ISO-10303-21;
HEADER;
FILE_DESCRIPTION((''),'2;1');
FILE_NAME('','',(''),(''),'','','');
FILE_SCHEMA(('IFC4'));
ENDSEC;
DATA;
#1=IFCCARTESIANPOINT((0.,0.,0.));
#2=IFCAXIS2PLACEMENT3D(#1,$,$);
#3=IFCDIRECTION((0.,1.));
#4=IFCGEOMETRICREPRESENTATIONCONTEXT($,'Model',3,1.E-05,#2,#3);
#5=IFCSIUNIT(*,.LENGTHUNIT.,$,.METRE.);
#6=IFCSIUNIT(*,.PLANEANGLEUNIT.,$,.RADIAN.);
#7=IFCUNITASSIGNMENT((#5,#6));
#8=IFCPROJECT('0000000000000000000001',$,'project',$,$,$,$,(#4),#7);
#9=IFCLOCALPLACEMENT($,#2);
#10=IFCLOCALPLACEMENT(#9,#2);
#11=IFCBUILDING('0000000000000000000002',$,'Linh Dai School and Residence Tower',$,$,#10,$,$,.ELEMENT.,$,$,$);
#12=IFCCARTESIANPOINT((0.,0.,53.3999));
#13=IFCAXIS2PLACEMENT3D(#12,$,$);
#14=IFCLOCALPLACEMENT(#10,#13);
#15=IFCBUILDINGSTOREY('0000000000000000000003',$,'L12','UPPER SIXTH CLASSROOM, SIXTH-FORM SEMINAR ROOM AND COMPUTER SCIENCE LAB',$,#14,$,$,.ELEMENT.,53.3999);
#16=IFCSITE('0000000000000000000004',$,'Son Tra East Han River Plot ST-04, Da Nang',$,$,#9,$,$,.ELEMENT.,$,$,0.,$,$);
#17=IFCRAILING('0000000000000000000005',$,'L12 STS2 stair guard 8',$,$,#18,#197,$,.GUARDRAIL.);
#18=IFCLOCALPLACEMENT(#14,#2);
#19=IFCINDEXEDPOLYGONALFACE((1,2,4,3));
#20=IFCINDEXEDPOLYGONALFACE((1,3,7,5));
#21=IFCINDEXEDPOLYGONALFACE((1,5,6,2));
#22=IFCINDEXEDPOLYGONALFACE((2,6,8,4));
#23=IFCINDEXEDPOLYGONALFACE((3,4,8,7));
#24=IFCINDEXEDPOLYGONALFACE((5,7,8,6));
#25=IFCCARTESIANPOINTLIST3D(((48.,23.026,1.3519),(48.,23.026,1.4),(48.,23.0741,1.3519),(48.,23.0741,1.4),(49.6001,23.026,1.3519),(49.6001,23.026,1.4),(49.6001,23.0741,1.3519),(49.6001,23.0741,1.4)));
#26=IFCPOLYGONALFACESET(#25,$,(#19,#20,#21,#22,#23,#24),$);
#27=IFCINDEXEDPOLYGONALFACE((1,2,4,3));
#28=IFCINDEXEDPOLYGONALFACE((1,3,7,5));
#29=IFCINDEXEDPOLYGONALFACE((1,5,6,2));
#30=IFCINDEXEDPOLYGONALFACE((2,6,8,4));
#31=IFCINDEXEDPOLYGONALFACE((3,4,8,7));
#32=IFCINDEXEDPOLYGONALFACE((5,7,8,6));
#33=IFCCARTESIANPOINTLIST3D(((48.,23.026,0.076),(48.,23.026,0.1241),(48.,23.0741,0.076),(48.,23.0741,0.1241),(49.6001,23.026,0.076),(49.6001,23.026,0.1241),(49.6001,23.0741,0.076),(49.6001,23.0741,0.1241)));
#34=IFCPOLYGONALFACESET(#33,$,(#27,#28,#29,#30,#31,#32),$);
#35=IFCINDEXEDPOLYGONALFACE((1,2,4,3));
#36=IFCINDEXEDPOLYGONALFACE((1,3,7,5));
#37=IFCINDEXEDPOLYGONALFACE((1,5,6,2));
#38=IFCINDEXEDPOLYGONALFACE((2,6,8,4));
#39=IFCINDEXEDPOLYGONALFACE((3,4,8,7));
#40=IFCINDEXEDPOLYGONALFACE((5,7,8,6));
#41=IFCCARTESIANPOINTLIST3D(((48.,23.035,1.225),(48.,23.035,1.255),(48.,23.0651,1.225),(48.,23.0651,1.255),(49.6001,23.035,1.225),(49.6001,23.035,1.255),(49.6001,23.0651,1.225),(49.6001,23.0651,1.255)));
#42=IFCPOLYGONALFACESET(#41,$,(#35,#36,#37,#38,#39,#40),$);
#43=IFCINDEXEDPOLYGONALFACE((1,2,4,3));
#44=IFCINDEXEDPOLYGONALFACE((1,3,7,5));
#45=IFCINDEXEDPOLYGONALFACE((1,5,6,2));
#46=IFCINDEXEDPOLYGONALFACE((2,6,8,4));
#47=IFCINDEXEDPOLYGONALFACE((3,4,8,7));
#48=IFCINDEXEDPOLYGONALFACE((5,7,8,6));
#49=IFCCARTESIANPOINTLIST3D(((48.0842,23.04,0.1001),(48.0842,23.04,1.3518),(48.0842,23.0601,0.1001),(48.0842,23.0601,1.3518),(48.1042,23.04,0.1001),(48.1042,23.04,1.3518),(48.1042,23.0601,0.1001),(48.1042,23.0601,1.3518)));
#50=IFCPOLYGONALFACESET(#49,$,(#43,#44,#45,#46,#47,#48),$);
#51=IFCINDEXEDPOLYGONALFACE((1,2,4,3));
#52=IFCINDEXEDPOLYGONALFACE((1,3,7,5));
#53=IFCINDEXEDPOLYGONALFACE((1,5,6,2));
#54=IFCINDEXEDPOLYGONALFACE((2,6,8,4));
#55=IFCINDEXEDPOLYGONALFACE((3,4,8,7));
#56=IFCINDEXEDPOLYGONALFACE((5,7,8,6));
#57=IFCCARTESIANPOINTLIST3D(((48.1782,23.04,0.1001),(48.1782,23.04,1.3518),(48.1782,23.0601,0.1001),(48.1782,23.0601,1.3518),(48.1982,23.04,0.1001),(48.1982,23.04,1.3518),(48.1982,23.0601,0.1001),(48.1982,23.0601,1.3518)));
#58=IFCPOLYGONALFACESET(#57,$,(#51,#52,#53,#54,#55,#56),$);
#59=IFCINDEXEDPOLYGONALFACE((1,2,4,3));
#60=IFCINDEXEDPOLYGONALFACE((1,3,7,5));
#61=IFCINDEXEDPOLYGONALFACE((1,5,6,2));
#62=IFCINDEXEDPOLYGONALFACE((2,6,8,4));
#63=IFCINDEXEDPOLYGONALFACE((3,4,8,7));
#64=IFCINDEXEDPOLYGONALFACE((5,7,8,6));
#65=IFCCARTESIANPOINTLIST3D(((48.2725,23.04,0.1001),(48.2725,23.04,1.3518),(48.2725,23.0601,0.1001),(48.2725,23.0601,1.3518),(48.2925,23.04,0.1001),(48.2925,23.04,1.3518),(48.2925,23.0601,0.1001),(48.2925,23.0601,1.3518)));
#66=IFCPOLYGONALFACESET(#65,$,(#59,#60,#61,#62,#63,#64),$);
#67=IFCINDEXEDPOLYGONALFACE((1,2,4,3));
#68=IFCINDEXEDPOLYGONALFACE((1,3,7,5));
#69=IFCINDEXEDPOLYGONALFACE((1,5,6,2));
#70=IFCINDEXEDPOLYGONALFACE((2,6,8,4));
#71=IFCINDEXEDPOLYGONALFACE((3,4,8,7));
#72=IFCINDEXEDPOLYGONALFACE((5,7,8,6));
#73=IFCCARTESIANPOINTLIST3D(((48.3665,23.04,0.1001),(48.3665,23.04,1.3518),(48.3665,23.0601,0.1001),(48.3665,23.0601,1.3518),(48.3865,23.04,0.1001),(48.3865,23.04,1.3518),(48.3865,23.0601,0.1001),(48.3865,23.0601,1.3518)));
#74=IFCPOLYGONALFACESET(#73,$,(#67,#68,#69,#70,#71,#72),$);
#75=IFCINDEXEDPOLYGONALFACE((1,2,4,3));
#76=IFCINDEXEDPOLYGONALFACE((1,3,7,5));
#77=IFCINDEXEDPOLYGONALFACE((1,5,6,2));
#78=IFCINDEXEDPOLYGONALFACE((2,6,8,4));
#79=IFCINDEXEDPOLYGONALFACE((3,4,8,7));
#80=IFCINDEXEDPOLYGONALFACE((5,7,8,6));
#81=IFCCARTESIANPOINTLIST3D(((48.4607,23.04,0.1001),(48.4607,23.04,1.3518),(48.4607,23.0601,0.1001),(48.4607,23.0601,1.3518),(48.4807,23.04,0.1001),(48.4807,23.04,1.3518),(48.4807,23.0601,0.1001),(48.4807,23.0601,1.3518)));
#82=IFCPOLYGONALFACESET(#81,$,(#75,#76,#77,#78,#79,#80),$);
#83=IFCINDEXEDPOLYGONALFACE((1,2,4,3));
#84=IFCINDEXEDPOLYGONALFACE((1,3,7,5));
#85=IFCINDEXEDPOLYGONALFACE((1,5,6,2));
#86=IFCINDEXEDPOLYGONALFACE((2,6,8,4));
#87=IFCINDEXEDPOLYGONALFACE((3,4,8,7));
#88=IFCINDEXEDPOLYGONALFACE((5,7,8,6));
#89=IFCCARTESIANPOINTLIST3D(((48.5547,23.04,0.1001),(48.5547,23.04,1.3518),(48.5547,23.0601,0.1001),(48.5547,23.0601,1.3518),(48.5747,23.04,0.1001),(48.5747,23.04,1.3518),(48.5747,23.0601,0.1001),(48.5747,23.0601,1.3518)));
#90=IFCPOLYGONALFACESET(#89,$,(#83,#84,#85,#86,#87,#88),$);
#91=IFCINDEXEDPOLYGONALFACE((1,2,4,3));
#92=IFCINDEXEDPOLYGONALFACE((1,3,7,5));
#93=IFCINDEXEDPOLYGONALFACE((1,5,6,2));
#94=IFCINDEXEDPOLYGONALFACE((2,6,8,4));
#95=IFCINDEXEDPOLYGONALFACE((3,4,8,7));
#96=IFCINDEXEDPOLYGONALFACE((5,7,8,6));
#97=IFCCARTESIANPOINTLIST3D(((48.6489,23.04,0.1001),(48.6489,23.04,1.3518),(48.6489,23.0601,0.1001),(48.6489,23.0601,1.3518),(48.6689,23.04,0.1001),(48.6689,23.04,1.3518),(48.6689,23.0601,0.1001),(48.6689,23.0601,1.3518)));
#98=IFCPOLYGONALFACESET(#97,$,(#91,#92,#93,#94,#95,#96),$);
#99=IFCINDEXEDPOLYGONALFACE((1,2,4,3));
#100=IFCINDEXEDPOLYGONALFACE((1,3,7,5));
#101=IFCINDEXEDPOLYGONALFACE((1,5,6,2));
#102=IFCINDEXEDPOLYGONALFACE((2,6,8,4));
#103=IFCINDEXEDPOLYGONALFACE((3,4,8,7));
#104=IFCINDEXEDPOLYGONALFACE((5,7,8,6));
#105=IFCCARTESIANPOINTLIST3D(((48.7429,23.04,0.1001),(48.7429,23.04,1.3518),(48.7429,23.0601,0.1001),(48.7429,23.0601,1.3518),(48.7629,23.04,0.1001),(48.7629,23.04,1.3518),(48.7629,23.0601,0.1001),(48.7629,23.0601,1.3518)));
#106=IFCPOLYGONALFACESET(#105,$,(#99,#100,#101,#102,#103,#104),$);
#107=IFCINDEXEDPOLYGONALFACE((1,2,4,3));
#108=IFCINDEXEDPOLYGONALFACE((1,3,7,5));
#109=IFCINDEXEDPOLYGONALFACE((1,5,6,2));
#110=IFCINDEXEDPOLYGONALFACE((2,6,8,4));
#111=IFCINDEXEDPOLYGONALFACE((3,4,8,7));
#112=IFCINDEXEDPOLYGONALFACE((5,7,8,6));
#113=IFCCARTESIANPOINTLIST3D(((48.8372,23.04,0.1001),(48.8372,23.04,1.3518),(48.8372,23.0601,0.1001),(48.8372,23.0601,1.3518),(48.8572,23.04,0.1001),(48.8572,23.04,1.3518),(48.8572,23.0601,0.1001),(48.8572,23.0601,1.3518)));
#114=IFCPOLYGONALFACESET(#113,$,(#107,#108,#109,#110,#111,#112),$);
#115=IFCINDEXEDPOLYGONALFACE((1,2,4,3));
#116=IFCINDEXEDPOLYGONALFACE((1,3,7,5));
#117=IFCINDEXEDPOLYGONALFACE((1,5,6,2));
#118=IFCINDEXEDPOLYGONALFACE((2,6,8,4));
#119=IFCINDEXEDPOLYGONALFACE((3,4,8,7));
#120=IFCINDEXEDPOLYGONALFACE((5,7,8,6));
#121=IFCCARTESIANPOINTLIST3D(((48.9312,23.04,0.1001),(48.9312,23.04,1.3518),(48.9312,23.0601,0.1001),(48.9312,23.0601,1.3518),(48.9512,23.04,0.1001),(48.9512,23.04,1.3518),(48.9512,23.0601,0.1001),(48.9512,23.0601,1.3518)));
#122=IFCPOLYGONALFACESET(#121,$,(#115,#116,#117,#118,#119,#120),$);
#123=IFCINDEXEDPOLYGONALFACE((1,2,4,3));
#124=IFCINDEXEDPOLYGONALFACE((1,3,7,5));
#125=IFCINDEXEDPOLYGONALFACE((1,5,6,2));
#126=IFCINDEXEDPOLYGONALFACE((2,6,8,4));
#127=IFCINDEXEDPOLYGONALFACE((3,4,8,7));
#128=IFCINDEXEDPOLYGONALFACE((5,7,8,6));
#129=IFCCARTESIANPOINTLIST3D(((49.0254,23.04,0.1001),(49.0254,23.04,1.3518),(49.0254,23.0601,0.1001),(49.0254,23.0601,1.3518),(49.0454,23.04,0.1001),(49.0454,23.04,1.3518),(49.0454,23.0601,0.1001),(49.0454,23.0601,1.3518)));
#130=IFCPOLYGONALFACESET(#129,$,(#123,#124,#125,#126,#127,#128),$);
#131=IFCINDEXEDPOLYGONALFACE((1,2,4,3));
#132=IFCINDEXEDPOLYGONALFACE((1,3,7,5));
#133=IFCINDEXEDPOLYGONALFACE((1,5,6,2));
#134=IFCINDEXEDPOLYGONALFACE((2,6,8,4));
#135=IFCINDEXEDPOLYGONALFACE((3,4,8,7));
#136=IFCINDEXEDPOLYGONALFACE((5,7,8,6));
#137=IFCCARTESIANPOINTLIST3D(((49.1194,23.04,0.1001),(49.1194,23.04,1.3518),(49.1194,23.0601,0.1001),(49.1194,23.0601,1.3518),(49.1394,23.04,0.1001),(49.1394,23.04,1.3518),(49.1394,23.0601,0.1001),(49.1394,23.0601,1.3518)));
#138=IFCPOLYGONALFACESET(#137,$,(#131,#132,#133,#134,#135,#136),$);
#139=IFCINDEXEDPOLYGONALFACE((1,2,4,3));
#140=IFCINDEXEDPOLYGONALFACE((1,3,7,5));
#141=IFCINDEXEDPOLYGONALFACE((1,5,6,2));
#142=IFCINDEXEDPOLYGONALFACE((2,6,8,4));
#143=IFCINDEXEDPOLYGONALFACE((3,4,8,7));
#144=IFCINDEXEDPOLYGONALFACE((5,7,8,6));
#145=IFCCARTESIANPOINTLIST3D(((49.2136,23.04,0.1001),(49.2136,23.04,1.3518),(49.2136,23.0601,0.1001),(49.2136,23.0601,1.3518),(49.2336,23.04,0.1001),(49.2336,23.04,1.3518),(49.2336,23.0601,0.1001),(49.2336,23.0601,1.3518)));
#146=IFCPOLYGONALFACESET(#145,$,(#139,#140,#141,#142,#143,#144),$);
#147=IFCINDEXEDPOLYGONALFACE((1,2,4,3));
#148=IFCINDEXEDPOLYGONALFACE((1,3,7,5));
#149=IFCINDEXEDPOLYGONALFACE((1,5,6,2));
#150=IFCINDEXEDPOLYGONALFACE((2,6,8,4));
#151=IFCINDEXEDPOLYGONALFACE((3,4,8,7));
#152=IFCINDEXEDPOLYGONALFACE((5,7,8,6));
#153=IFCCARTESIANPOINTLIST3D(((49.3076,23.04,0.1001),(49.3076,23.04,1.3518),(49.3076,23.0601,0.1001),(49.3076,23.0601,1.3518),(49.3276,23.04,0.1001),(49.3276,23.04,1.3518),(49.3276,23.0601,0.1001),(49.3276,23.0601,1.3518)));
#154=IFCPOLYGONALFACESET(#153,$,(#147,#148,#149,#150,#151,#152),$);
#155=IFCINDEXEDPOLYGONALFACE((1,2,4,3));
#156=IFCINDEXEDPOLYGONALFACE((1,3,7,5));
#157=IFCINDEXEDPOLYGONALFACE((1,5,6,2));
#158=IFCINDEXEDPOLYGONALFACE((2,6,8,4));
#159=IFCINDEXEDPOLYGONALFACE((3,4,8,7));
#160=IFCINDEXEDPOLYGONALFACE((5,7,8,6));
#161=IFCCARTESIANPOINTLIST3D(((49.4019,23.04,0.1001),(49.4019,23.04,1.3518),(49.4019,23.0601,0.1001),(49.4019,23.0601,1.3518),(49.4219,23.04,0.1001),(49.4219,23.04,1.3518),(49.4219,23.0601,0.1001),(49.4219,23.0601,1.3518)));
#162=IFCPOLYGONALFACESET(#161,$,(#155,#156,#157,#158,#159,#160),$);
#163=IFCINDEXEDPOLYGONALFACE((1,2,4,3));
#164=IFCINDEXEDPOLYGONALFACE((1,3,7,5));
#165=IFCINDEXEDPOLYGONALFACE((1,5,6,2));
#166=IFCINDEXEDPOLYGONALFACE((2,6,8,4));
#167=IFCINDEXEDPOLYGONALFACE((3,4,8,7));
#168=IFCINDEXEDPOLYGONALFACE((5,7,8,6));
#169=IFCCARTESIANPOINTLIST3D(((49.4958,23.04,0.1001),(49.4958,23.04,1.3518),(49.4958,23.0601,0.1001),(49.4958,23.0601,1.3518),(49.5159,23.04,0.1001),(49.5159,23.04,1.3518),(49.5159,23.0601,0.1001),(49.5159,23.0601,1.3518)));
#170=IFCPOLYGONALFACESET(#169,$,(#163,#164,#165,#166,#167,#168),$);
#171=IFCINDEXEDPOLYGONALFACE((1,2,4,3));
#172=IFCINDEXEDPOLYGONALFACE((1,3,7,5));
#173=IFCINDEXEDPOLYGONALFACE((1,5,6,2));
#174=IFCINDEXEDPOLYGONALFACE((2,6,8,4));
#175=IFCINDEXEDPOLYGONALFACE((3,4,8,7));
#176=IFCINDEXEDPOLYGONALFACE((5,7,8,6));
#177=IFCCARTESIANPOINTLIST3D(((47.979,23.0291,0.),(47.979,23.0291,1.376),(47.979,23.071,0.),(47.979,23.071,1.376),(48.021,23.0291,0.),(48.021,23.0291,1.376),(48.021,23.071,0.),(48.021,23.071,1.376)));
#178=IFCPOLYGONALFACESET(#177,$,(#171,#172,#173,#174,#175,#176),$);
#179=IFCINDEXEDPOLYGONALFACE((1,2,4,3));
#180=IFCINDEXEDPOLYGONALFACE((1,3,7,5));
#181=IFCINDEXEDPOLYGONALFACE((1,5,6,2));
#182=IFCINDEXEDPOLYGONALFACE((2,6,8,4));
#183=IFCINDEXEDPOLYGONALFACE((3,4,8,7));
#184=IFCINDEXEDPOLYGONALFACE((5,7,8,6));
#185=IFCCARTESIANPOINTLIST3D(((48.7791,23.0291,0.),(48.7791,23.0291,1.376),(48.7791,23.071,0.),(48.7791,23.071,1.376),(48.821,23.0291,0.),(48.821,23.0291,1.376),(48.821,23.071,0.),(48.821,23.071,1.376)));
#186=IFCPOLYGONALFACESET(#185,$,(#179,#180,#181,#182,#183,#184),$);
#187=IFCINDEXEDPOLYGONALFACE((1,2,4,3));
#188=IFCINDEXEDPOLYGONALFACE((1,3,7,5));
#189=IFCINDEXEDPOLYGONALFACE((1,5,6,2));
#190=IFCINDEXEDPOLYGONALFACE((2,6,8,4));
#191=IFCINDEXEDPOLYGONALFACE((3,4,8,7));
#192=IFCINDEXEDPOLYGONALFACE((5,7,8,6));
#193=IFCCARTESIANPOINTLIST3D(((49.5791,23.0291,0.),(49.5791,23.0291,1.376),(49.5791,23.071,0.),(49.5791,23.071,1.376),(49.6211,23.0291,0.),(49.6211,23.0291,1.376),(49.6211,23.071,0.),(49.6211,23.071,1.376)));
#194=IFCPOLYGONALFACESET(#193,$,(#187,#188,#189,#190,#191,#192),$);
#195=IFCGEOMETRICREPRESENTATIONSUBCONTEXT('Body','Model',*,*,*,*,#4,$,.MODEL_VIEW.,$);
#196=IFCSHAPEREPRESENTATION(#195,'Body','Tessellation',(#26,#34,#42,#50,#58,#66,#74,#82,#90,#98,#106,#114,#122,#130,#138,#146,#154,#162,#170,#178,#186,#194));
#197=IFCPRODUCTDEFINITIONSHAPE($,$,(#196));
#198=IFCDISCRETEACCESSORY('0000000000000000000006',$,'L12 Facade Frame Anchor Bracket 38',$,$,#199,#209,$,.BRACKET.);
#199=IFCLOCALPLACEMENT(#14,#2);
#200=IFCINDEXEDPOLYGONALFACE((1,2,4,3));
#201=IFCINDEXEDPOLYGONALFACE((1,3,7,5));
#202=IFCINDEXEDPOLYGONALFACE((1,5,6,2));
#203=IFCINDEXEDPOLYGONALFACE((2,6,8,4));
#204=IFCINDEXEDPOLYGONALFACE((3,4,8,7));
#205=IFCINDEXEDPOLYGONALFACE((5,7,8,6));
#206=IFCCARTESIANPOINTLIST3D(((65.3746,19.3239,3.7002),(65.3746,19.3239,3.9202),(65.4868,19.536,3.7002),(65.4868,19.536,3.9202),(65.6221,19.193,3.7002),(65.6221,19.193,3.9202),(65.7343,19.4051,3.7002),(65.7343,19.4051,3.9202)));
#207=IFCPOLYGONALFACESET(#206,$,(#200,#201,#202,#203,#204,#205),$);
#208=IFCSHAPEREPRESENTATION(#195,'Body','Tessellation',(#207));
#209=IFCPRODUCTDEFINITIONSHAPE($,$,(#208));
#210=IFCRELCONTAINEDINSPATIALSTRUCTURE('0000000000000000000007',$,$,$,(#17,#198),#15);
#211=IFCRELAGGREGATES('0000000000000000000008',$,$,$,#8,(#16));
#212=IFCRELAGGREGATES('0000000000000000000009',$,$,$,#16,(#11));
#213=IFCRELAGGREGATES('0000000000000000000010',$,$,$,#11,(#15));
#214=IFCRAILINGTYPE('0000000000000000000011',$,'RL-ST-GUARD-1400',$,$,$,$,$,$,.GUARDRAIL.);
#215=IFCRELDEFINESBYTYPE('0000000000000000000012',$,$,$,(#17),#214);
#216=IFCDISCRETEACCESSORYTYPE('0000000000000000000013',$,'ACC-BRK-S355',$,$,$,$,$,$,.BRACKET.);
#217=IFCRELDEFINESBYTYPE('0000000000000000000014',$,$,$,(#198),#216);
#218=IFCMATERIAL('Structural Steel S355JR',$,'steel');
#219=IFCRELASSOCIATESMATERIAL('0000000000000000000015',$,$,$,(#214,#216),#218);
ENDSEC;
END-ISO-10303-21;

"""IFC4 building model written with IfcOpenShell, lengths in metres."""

from ifc_helpers import new_model, si_unit, direction, frame, origin, origin_2d, place, context, subcontext, project, spatial, rectangle, extrude, source, transform, mapped, material, type_object, element, save


model = new_model("IFC4")

# Units and contexts
model_context = context("Model", 3, precision=1e-05, world=origin(), true_north=direction((0.0, 1.0)))
body_context = subcontext(model_context, "Body", "Model", "MODEL_VIEW")
ifc_project = project(units=[si_unit("LENGTHUNIT", "METRE"), si_unit("PLANEANGLEUNIT", "RADIAN")], contexts=[model_context])

# Site, building, storey
site_placement = place(None, origin())
site = spatial("IfcSite", under=ifc_project, at=site_placement, Name="Son Tra East Han River Plot ST-04, Da Nang", CompositionType="ELEMENT", RefElevation=0.0)
building_placement = place(site_placement, origin())
building = spatial("IfcBuilding", under=site, at=building_placement, Name="Linh Dai School and Residence Tower", CompositionType="ELEMENT")
storey_placement = place(building_placement, frame((0.0, 0.0, 53.3999)))
storey = spatial("IfcBuildingStorey", under=building, at=storey_placement, Name="L12", Description="UPPER SIXTH CLASSROOM, SIXTH-FORM SEMINAR ROOM AND COMPUTER SCIENCE LAB", CompositionType="ELEMENT", Elevation=53.3999)

# Shared definitions
ifc_material_1 = material(Name="Structural Steel S355JR", Category="steel")

# Railing
railing_type_1 = type_object("IfcRailingType", Name="RL-ST-GUARD-1400", PredefinedType="GUARDRAIL", material=ifc_material_1)
shared_shape_1 = source(origin(), body_context, "Body", "SweptSolid", [
    extrude(rectangle(XDim=0.0481, YDim=0.0481, at=origin_2d()), frame((0.0, 0.0, 1.376), z_axis=(1.0, 0.0, 0.0), x_axis=(0.0, 1.0, 0.0)), (0.0, 0.0, 1.0), 1.6001),
    extrude(rectangle(XDim=0.0481, YDim=0.0481, at=origin_2d()), frame((0.0, 0.0, 0.1001), z_axis=(1.0, 0.0, 0.0), x_axis=(0.0, 1.0, 0.0)), (0.0, 0.0, 1.0), 1.6001),
    extrude(rectangle(XDim=0.03, YDim=0.03, at=origin_2d()), frame((0.0, 0.0, 1.24), z_axis=(1.0, 0.0, 0.0), x_axis=(0.0, 1.0, 0.0)), (0.0, 0.0, 1.0), 1.6001),
    extrude(rectangle(XDim=0.02, YDim=0.02, at=origin_2d()), frame((0.0942, 0.0, 0.1001)), (0.0, 0.0, 1.0), 1.2517),
    extrude(rectangle(XDim=0.02, YDim=0.02, at=origin_2d()), frame((0.1882, 0.0, 0.1001)), (0.0, 0.0, 1.0), 1.2517),
    extrude(rectangle(XDim=0.02, YDim=0.02, at=origin_2d()), frame((0.2825, 0.0, 0.1001)), (0.0, 0.0, 1.0), 1.2517),
    extrude(rectangle(XDim=0.02, YDim=0.02, at=origin_2d()), frame((0.3765, 0.0, 0.1001)), (0.0, 0.0, 1.0), 1.2517),
    extrude(rectangle(XDim=0.02, YDim=0.02, at=origin_2d()), frame((0.4707, 0.0, 0.1001)), (0.0, 0.0, 1.0), 1.2517),
    extrude(rectangle(XDim=0.02, YDim=0.02, at=origin_2d()), frame((0.5647, 0.0, 0.1001)), (0.0, 0.0, 1.0), 1.2517),
    extrude(rectangle(XDim=0.02, YDim=0.02, at=origin_2d()), frame((0.6589, 0.0, 0.1001)), (0.0, 0.0, 1.0), 1.2517),
    extrude(rectangle(XDim=0.02, YDim=0.02, at=origin_2d()), frame((0.7529, 0.0, 0.1001)), (0.0, 0.0, 1.0), 1.2517),
    extrude(rectangle(XDim=0.02, YDim=0.02, at=origin_2d()), frame((0.8472, 0.0, 0.1001)), (0.0, 0.0, 1.0), 1.2517),
    extrude(rectangle(XDim=0.02, YDim=0.02, at=origin_2d()), frame((0.9412, 0.0, 0.1001)), (0.0, 0.0, 1.0), 1.2517),
    extrude(rectangle(XDim=0.02, YDim=0.02, at=origin_2d()), frame((1.0354, 0.0, 0.1001)), (0.0, 0.0, 1.0), 1.2517),
    extrude(rectangle(XDim=0.02, YDim=0.02, at=origin_2d()), frame((1.1294, 0.0, 0.1001)), (0.0, 0.0, 1.0), 1.2517),
    extrude(rectangle(XDim=0.02, YDim=0.02, at=origin_2d()), frame((1.2236, 0.0, 0.1001)), (0.0, 0.0, 1.0), 1.2517),
    extrude(rectangle(XDim=0.02, YDim=0.02, at=origin_2d()), frame((1.3176, 0.0, 0.1001)), (0.0, 0.0, 1.0), 1.2517),
    extrude(rectangle(XDim=0.02, YDim=0.02, at=origin_2d()), frame((1.4119, 0.0, 0.1001)), (0.0, 0.0, 1.0), 1.2517),
    extrude(rectangle(XDim=0.02, YDim=0.02, at=origin_2d()), frame((1.5059, 0.0, 0.1001)), (0.0, 0.0, 1.0), 1.2517),
    extrude(rectangle(XDim=0.042, YDim=0.042, at=origin_2d()), origin(), (0.0, 0.0, 1.0), 1.376),
    extrude(rectangle(XDim=0.042, YDim=0.042, at=origin_2d()), frame((0.8, 0.0, 0.0)), (0.0, 0.0, 1.0), 1.376),
    extrude(rectangle(XDim=0.042, YDim=0.042, at=origin_2d()), frame((1.6001, 0.0, 0.0)), (0.0, 0.0, 1.0), 1.376),
])
railing_1_placement = place(storey_placement, frame((48.0, 23.05, 0.0)))
element("IfcRailing", 1, at=railing_1_placement, inside=storey, type_object=railing_type_1, Name="L12 STS2 stair guard 8", PredefinedType="GUARDRAIL", context=body_context, shape_type="MappedRepresentation", body=[
    mapped(shared_shape_1, transform((0.0, 0.0, 0.0), x_axis=(1.0, 0.0, 0.0), y_axis=(0.0, 1.0, 0.0), z_axis=(0.0, 0.0, 1.0), scale=1.0)),
])

# Discrete accessory
discrete_accessory_type = type_object("IfcDiscreteAccessoryType", Name="ACC-BRK-S355", PredefinedType="BRACKET", material=ifc_material_1)
shared_shape_2 = source(origin(), body_context, "Body", "SweptSolid", [
    extrude(rectangle(XDim=0.28, YDim=0.24, at=origin_2d()), origin(), (0.0, 0.0, 1.0), 0.22),
])
discrete_accessory_placement = place(storey_placement, frame((65.5544, 19.3645, 3.7002), z_axis=(0.0, 0.0, 1.0), x_axis=(0.883934, -0.467612, 0.0)))
element("IfcDiscreteAccessory", 2, at=discrete_accessory_placement, inside=storey, type_object=discrete_accessory_type, Name="L12 Facade Frame Anchor Bracket 38", PredefinedType="BRACKET", context=body_context, shape_type="MappedRepresentation", body=[
    mapped(shared_shape_2, transform((0.0, 0.0, 0.0), x_axis=(1.0, 0.0, 0.0), y_axis=(0.0, 1.0, 0.0), z_axis=(0.0, 0.0, 1.0), scale=1.0)),
])

save(model, "model.ifc")
